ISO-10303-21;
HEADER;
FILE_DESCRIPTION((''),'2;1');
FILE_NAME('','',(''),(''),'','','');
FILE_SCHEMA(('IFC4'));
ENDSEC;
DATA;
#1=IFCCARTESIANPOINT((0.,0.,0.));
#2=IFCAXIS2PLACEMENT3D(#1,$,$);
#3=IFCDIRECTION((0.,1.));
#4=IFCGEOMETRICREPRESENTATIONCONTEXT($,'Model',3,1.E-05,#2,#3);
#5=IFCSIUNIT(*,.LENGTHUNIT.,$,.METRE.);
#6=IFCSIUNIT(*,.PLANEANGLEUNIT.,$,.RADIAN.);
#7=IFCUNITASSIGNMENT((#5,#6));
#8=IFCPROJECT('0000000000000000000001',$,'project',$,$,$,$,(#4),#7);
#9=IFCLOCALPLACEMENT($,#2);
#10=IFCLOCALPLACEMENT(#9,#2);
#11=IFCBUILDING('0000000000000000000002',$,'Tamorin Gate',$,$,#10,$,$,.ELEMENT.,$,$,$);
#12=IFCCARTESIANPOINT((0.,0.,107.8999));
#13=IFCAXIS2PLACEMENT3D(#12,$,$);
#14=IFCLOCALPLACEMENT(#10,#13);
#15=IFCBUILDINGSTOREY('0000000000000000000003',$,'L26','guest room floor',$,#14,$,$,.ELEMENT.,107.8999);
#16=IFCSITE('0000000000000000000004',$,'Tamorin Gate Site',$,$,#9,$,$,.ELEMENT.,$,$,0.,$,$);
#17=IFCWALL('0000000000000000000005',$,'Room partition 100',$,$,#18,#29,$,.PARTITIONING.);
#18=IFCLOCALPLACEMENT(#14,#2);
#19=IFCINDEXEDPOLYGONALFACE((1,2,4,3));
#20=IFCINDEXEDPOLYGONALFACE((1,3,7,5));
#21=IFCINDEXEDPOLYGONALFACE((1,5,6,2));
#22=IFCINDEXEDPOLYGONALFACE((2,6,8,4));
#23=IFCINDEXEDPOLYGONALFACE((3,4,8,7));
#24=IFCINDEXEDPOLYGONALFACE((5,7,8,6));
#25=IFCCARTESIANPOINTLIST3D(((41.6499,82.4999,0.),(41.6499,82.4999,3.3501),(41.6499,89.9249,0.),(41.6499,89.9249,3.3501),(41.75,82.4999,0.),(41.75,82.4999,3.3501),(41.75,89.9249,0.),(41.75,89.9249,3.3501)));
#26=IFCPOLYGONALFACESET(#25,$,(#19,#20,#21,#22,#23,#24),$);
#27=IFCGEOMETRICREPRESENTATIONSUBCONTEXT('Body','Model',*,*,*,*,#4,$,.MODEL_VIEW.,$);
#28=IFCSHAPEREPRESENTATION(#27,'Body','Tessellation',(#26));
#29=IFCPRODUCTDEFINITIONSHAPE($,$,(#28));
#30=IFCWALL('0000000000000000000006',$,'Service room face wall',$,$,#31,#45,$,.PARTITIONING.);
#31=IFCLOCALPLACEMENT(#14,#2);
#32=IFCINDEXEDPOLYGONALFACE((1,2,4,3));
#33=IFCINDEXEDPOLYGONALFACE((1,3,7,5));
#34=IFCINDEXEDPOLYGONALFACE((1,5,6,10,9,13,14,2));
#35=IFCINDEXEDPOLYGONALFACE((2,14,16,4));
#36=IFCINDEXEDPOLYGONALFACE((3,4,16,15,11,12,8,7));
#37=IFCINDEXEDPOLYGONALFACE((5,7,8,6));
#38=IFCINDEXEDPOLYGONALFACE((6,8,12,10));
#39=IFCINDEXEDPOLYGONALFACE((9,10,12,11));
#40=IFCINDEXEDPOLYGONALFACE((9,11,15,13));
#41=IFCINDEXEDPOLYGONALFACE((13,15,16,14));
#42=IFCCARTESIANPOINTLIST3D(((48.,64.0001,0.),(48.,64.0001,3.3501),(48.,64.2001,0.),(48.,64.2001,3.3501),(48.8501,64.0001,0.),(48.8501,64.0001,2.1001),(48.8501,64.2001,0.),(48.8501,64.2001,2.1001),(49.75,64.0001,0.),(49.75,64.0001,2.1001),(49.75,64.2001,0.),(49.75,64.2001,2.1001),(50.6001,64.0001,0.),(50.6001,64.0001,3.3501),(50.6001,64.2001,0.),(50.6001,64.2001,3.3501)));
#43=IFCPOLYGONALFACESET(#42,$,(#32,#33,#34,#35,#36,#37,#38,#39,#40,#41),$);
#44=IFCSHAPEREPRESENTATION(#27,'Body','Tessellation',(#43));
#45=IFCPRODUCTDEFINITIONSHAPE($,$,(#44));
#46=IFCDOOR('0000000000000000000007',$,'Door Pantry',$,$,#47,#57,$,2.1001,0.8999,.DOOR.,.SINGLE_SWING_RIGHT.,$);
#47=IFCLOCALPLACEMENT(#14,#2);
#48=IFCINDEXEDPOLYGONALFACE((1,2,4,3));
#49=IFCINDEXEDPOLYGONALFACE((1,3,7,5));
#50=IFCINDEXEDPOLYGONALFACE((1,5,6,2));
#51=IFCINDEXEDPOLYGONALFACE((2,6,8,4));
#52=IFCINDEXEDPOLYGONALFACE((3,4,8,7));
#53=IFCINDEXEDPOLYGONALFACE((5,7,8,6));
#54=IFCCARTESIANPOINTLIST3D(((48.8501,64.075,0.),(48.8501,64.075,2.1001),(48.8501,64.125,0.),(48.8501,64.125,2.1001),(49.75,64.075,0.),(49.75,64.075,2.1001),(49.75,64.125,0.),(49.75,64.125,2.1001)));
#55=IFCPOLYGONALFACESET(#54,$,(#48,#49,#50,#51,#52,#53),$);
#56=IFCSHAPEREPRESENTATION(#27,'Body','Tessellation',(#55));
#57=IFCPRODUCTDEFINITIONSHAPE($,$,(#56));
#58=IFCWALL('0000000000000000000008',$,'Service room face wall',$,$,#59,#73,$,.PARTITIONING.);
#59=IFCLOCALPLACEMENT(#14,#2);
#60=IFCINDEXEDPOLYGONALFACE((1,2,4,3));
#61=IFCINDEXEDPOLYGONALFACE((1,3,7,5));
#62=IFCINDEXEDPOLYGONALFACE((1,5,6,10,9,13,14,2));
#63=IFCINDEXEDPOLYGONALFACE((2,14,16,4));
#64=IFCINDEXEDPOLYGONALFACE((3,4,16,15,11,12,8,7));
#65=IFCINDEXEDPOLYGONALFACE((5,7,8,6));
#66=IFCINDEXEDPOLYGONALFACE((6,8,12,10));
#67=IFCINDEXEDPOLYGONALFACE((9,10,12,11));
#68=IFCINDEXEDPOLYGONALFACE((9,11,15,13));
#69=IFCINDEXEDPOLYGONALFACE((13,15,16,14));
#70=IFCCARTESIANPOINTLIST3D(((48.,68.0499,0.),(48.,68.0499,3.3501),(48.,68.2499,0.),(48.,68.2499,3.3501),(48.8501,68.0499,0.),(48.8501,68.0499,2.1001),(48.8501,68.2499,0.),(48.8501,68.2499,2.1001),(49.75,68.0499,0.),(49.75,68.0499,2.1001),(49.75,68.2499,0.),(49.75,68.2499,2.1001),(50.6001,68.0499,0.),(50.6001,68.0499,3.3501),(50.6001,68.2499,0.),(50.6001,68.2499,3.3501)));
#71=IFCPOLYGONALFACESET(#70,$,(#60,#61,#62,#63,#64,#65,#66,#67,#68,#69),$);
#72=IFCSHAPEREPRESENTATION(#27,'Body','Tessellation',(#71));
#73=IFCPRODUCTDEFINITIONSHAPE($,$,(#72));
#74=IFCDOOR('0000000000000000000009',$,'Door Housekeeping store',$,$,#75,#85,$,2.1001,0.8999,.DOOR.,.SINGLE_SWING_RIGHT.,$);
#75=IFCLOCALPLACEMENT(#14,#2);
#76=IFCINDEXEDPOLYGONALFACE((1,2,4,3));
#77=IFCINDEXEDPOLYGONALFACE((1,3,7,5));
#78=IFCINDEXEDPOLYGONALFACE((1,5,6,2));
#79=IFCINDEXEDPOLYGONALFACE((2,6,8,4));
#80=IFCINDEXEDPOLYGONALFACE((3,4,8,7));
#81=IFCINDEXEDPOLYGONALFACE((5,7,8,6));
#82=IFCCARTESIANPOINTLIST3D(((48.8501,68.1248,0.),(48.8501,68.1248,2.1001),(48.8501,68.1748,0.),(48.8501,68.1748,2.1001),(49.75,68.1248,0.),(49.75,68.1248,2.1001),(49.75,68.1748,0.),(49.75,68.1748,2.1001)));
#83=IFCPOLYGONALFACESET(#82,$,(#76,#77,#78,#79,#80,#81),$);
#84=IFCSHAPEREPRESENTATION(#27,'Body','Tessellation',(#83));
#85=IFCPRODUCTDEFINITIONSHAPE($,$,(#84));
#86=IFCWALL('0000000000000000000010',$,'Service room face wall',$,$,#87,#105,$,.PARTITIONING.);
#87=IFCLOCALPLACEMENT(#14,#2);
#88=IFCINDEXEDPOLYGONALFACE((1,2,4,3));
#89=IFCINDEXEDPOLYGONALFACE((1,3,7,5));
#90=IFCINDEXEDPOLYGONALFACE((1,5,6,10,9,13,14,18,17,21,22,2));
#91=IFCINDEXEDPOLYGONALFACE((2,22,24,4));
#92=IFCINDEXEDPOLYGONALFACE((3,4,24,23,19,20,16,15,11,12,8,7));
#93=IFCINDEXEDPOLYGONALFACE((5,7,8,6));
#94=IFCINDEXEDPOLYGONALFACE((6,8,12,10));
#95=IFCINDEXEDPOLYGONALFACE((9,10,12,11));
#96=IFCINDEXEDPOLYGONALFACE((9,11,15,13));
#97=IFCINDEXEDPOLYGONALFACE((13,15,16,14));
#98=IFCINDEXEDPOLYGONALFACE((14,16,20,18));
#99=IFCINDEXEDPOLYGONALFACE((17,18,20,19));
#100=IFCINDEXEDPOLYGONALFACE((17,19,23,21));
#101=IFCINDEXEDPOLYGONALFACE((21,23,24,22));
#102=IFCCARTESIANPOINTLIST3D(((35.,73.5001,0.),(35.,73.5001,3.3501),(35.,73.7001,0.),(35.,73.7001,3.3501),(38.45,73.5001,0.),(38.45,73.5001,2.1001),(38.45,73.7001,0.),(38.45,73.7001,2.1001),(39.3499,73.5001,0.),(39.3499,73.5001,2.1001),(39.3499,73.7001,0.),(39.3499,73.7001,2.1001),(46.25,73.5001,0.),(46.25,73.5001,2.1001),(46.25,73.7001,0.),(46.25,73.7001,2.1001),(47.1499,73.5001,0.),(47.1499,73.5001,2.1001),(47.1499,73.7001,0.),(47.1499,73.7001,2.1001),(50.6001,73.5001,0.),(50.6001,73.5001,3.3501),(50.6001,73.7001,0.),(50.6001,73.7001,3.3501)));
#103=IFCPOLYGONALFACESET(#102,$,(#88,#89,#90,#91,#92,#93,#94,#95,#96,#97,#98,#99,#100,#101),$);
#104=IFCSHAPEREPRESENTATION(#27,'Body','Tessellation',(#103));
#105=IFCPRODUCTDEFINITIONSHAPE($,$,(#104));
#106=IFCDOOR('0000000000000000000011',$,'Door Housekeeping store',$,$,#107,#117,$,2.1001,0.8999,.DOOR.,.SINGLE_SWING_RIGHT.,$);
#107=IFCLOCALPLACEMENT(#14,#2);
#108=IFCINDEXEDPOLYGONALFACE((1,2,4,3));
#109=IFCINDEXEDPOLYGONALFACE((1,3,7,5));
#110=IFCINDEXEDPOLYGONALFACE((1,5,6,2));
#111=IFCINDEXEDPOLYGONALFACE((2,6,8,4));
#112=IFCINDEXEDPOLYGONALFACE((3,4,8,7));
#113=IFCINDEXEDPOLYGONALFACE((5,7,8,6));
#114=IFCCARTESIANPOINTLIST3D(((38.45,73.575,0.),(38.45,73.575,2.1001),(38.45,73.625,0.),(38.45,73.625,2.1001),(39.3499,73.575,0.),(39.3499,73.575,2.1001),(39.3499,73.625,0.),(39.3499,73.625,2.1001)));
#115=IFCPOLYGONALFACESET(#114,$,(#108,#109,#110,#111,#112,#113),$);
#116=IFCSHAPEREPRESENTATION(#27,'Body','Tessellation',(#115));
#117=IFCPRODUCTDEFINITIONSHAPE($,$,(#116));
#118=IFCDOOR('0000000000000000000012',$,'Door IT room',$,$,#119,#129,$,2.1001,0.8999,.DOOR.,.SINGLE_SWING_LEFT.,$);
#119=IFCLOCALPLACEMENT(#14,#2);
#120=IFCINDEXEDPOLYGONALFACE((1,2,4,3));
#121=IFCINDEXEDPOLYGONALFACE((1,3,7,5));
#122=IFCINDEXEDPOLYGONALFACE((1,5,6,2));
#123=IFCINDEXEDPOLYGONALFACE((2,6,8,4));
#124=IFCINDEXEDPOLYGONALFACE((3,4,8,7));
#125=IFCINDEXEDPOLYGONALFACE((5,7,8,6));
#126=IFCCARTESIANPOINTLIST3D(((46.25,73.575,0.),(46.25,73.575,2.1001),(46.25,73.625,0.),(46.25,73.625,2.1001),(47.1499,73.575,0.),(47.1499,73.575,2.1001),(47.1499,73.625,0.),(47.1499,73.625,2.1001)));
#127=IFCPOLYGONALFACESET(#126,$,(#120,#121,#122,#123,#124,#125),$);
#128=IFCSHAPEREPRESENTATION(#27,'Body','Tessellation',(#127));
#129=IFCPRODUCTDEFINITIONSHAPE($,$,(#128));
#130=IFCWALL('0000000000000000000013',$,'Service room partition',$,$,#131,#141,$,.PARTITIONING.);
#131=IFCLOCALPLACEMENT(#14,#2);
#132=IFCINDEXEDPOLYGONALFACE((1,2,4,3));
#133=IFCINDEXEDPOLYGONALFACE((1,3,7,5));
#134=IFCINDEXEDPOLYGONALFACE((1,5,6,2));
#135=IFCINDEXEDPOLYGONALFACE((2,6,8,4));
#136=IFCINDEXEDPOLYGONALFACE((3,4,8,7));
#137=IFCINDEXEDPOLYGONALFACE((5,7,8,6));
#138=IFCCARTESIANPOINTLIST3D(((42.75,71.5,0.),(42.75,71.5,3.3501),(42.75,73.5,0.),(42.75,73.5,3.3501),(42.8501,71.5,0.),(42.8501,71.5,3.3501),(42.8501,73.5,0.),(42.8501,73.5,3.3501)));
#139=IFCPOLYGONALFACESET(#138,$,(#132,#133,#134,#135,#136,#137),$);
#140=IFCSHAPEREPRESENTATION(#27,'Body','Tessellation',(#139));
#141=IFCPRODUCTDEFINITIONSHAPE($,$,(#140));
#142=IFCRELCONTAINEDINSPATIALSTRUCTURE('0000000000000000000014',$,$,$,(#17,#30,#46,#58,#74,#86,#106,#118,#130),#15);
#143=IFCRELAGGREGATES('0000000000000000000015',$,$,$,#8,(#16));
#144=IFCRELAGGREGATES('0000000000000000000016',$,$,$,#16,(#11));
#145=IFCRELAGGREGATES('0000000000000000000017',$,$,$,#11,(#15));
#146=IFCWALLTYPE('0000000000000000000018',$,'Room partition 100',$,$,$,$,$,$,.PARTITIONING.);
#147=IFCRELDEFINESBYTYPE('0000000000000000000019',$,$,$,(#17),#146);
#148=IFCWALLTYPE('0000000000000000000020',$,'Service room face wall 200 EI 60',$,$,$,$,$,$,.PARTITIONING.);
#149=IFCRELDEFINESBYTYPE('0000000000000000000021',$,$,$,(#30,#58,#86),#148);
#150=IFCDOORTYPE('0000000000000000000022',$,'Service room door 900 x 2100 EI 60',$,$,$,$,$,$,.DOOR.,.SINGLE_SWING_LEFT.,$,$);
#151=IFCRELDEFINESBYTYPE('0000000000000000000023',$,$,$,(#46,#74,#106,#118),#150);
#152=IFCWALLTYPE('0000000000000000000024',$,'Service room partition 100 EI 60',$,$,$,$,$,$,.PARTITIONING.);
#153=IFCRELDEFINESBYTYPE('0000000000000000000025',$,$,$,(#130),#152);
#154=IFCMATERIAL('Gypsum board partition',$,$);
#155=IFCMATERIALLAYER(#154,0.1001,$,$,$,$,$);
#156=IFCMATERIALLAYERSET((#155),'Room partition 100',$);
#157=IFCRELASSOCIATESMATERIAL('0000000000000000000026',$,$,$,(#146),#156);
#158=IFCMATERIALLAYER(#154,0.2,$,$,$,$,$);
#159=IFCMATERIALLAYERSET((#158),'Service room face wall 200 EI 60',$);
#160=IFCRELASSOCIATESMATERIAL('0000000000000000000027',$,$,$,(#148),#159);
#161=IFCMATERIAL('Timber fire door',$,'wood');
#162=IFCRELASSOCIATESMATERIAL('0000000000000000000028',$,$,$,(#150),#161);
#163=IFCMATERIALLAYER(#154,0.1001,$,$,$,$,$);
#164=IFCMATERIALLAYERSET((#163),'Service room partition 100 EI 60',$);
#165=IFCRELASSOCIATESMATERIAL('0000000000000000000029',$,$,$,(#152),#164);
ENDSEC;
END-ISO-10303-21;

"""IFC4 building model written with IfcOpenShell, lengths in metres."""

from ifc_helpers import new_model, si_unit, direction, frame, frame_2d, origin, place, context, subcontext, project, spatial, rectangle, extrude, material, layer, layer_set, type_object, element, fill, save


model = new_model("IFC4")

# Units and contexts
model_context = context("Model", 3, precision=1e-05, world=origin(), true_north=direction((0.0, 1.0)))
body_context = subcontext(model_context, "Body", "Model", "MODEL_VIEW")
ifc_project = project(units=[si_unit("LENGTHUNIT", "METRE"), si_unit("PLANEANGLEUNIT", "RADIAN")], contexts=[model_context])

# Site, building, storey
site_placement = place(None, origin())
site = spatial("IfcSite", under=ifc_project, at=site_placement, Name="Tamorin Gate Site", CompositionType="ELEMENT", RefElevation=0.0)
building_placement = place(site_placement, origin())
building = spatial("IfcBuilding", under=site, at=building_placement, Name="Tamorin Gate", CompositionType="ELEMENT")
storey_placement = place(building_placement, frame((0.0, 0.0, 107.8999)))
storey = spatial("IfcBuildingStorey", under=building, at=storey_placement, Name="L26", Description="guest room floor", CompositionType="ELEMENT", Elevation=107.8999)

# Wall
ifc_material_1 = material(Name="Gypsum board partition")
ifc_layer_1 = layer(ifc_material_1, 0.1001)
ifc_layer_set_1 = layer_set([ifc_layer_1], Name="Room partition 100")
wall_type_1 = type_object("IfcWallType", Name="Room partition 100", PredefinedType="PARTITIONING", material=ifc_layer_set_1)
wall_1_placement = place(storey_placement, frame((41.7, 82.5, 0.0), z_axis=(0.0, 0.0, 1.0), x_axis=(0.0, 1.0, 0.0)))
element("IfcWall", 1, at=wall_1_placement, inside=storey, type_object=wall_type_1, Name="Room partition 100", PredefinedType="PARTITIONING", context=body_context, shape_type="SweptSolid", body=[
    extrude(rectangle(XDim=7.425, YDim=0.1001, at=frame_2d((3.7124, 0.0))), origin(), (0.0, 0.0, 1.0), 3.3501),
])

# Walls, openings, doors
ifc_layer_2 = layer(ifc_material_1, 0.2)
ifc_layer_set_2 = layer_set([ifc_layer_2], Name="Service room face wall 200 EI 60")
wall_type_2 = type_object("IfcWallType", Name="Service room face wall 200 EI 60", PredefinedType="PARTITIONING", material=ifc_layer_set_2)
wall_2_placement = place(storey_placement, frame((48.0, 64.1001, 0.0), z_axis=(0.0, 0.0, 1.0), x_axis=(1.0, 0.0, 0.0)))
wall_2 = element("IfcWall", 2, at=wall_2_placement, inside=storey, type_object=wall_type_2, Name="Service room face wall", PredefinedType="PARTITIONING", context=body_context, shape_type="SweptSolid", body=[
    extrude(rectangle(XDim=2.6001, YDim=0.2, at=frame_2d((1.3, 0.0))), origin(), (0.0, 0.0, 1.0), 3.3501),
])
opening_1_placement = place(wall_2_placement, frame((0.8501, 0.0, 0.0)))
opening_1 = element("IfcOpeningElement", 3, at=opening_1_placement, cuts=wall_2, PredefinedType="OPENING", context=body_context, shape_type="SweptSolid", body=[
    extrude(rectangle(XDim=0.8999, YDim=2.1001, at=frame_2d((0.45, 1.05))), frame((0.0, 0.1099, 0.0), z_axis=(0.0, -1.0, 0.0), x_axis=(1.0, 0.0, 0.0)), (0.0, 0.0, 1.0), 0.22),
])
ifc_material_2 = material(Name="Timber fire door", Category="wood")
door_type_1 = type_object("IfcDoorType", Name="Service room door 900 x 2100 EI 60", OperationType="SINGLE_SWING_LEFT", PredefinedType="DOOR", material=ifc_material_2)
door_1_placement = place(opening_1_placement, origin())
door_1 = element("IfcDoor", 4, at=door_1_placement, inside=storey, type_object=door_type_1, Name="Door Pantry", OperationType="SINGLE_SWING_RIGHT", OverallHeight=2.1001, OverallWidth=0.8999, PredefinedType="DOOR", context=body_context, shape_type="SweptSolid", body=[
    extrude(rectangle(XDim=0.8999, YDim=2.1001, at=frame_2d((0.45, 1.05))), frame((0.0, 0.0249, 0.0), z_axis=(0.0, -1.0, 0.0), x_axis=(1.0, 0.0, 0.0)), (0.0, 0.0, 1.0), 0.05),
])
fill(opening_1, door_1)
wall_3_placement = place(storey_placement, frame((48.0, 68.1499, 0.0), z_axis=(0.0, 0.0, 1.0), x_axis=(1.0, 0.0, 0.0)))
wall_3 = element("IfcWall", 5, at=wall_3_placement, inside=storey, type_object=wall_type_2, Name="Service room face wall", PredefinedType="PARTITIONING", context=body_context, shape_type="SweptSolid", body=[
    extrude(rectangle(XDim=2.6001, YDim=0.2, at=frame_2d((1.3, 0.0))), origin(), (0.0, 0.0, 1.0), 3.3501),
])
opening_2_placement = place(wall_3_placement, frame((0.8501, 0.0, 0.0)))
opening_2 = element("IfcOpeningElement", 6, at=opening_2_placement, cuts=wall_3, PredefinedType="OPENING", context=body_context, shape_type="SweptSolid", body=[
    extrude(rectangle(XDim=0.8999, YDim=2.1001, at=frame_2d((0.45, 1.05))), frame((0.0, 0.1099, 0.0), z_axis=(0.0, -1.0, 0.0), x_axis=(1.0, 0.0, 0.0)), (0.0, 0.0, 1.0), 0.22),
])
door_2_placement = place(opening_2_placement, origin())
door_2 = element("IfcDoor", 7, at=door_2_placement, inside=storey, type_object=door_type_1, Name="Door Housekeeping store", OperationType="SINGLE_SWING_RIGHT", OverallHeight=2.1001, OverallWidth=0.8999, PredefinedType="DOOR", context=body_context, shape_type="SweptSolid", body=[
    extrude(rectangle(XDim=0.8999, YDim=2.1001, at=frame_2d((0.45, 1.05))), frame((0.0, 0.0249, 0.0), z_axis=(0.0, -1.0, 0.0), x_axis=(1.0, 0.0, 0.0)), (0.0, 0.0, 1.0), 0.05),
])
fill(opening_2, door_2)

# Wall, openings, doors
wall_4_placement = place(storey_placement, frame((35.0, 73.6001, 0.0), z_axis=(0.0, 0.0, 1.0), x_axis=(1.0, 0.0, 0.0)))
wall_4 = element("IfcWall", 8, at=wall_4_placement, inside=storey, type_object=wall_type_2, Name="Service room face wall", PredefinedType="PARTITIONING", context=body_context, shape_type="SweptSolid", body=[
    extrude(rectangle(XDim=15.6001, YDim=0.2, at=frame_2d((7.8, 0.0))), origin(), (0.0, 0.0, 1.0), 3.3501),
])
opening_3_placement = place(wall_4_placement, frame((3.45, 0.0, 0.0)))
opening_3 = element("IfcOpeningElement", 9, at=opening_3_placement, cuts=wall_4, PredefinedType="OPENING", context=body_context, shape_type="SweptSolid", body=[
    extrude(rectangle(XDim=0.8999, YDim=2.1001, at=frame_2d((0.45, 1.05))), frame((0.0, 0.1099, 0.0), z_axis=(0.0, -1.0, 0.0), x_axis=(1.0, 0.0, 0.0)), (0.0, 0.0, 1.0), 0.22),
])
opening_4_placement = place(wall_4_placement, frame((11.25, 0.0, 0.0)))
opening_4 = element("IfcOpeningElement", 10, at=opening_4_placement, cuts=wall_4, PredefinedType="OPENING", context=body_context, shape_type="SweptSolid", body=[
    extrude(rectangle(XDim=0.8999, YDim=2.1001, at=frame_2d((0.45, 1.05))), frame((0.0, 0.1099, 0.0), z_axis=(0.0, -1.0, 0.0), x_axis=(1.0, 0.0, 0.0)), (0.0, 0.0, 1.0), 0.22),
])
door_3_placement = place(opening_3_placement, origin())
door_3 = element("IfcDoor", 11, at=door_3_placement, inside=storey, type_object=door_type_1, Name="Door Housekeeping store", OperationType="SINGLE_SWING_RIGHT", OverallHeight=2.1001, OverallWidth=0.8999, PredefinedType="DOOR", context=body_context, shape_type="SweptSolid", body=[
    extrude(rectangle(XDim=0.8999, YDim=2.1001, at=frame_2d((0.45, 1.05))), frame((0.0, 0.0249, 0.0), z_axis=(0.0, -1.0, 0.0), x_axis=(1.0, 0.0, 0.0)), (0.0, 0.0, 1.0), 0.05),
])
fill(opening_3, door_3)
door_4_placement = place(opening_4_placement, origin())
door_4 = element("IfcDoor", 12, at=door_4_placement, inside=storey, type_object=door_type_1, Name="Door IT room", OperationType="SINGLE_SWING_LEFT", OverallHeight=2.1001, OverallWidth=0.8999, PredefinedType="DOOR", context=body_context, shape_type="SweptSolid", body=[
    extrude(rectangle(XDim=0.8999, YDim=2.1001, at=frame_2d((0.45, 1.05))), frame((0.0, 0.0249, 0.0), z_axis=(0.0, -1.0, 0.0), x_axis=(1.0, 0.0, 0.0)), (0.0, 0.0, 1.0), 0.05),
])
fill(opening_4, door_4)

# Wall
ifc_layer_3 = layer(ifc_material_1, 0.1001)
ifc_layer_set_3 = layer_set([ifc_layer_3], Name="Service room partition 100 EI 60")
wall_type_3 = type_object("IfcWallType", Name="Service room partition 100 EI 60", PredefinedType="PARTITIONING", material=ifc_layer_set_3)
wall_5_placement = place(storey_placement, frame((42.8, 71.5, 0.0), z_axis=(0.0, 0.0, 1.0), x_axis=(0.0, 1.0, 0.0)))
element("IfcWall", 13, at=wall_5_placement, inside=storey, type_object=wall_type_3, Name="Service room partition", PredefinedType="PARTITIONING", context=body_context, shape_type="SweptSolid", body=[
    extrude(rectangle(XDim=2.0, YDim=0.1001, at=frame_2d((1.0, 0.0))), origin(), (0.0, 0.0, 1.0), 3.3501),
])

save(model, "model.ifc")
